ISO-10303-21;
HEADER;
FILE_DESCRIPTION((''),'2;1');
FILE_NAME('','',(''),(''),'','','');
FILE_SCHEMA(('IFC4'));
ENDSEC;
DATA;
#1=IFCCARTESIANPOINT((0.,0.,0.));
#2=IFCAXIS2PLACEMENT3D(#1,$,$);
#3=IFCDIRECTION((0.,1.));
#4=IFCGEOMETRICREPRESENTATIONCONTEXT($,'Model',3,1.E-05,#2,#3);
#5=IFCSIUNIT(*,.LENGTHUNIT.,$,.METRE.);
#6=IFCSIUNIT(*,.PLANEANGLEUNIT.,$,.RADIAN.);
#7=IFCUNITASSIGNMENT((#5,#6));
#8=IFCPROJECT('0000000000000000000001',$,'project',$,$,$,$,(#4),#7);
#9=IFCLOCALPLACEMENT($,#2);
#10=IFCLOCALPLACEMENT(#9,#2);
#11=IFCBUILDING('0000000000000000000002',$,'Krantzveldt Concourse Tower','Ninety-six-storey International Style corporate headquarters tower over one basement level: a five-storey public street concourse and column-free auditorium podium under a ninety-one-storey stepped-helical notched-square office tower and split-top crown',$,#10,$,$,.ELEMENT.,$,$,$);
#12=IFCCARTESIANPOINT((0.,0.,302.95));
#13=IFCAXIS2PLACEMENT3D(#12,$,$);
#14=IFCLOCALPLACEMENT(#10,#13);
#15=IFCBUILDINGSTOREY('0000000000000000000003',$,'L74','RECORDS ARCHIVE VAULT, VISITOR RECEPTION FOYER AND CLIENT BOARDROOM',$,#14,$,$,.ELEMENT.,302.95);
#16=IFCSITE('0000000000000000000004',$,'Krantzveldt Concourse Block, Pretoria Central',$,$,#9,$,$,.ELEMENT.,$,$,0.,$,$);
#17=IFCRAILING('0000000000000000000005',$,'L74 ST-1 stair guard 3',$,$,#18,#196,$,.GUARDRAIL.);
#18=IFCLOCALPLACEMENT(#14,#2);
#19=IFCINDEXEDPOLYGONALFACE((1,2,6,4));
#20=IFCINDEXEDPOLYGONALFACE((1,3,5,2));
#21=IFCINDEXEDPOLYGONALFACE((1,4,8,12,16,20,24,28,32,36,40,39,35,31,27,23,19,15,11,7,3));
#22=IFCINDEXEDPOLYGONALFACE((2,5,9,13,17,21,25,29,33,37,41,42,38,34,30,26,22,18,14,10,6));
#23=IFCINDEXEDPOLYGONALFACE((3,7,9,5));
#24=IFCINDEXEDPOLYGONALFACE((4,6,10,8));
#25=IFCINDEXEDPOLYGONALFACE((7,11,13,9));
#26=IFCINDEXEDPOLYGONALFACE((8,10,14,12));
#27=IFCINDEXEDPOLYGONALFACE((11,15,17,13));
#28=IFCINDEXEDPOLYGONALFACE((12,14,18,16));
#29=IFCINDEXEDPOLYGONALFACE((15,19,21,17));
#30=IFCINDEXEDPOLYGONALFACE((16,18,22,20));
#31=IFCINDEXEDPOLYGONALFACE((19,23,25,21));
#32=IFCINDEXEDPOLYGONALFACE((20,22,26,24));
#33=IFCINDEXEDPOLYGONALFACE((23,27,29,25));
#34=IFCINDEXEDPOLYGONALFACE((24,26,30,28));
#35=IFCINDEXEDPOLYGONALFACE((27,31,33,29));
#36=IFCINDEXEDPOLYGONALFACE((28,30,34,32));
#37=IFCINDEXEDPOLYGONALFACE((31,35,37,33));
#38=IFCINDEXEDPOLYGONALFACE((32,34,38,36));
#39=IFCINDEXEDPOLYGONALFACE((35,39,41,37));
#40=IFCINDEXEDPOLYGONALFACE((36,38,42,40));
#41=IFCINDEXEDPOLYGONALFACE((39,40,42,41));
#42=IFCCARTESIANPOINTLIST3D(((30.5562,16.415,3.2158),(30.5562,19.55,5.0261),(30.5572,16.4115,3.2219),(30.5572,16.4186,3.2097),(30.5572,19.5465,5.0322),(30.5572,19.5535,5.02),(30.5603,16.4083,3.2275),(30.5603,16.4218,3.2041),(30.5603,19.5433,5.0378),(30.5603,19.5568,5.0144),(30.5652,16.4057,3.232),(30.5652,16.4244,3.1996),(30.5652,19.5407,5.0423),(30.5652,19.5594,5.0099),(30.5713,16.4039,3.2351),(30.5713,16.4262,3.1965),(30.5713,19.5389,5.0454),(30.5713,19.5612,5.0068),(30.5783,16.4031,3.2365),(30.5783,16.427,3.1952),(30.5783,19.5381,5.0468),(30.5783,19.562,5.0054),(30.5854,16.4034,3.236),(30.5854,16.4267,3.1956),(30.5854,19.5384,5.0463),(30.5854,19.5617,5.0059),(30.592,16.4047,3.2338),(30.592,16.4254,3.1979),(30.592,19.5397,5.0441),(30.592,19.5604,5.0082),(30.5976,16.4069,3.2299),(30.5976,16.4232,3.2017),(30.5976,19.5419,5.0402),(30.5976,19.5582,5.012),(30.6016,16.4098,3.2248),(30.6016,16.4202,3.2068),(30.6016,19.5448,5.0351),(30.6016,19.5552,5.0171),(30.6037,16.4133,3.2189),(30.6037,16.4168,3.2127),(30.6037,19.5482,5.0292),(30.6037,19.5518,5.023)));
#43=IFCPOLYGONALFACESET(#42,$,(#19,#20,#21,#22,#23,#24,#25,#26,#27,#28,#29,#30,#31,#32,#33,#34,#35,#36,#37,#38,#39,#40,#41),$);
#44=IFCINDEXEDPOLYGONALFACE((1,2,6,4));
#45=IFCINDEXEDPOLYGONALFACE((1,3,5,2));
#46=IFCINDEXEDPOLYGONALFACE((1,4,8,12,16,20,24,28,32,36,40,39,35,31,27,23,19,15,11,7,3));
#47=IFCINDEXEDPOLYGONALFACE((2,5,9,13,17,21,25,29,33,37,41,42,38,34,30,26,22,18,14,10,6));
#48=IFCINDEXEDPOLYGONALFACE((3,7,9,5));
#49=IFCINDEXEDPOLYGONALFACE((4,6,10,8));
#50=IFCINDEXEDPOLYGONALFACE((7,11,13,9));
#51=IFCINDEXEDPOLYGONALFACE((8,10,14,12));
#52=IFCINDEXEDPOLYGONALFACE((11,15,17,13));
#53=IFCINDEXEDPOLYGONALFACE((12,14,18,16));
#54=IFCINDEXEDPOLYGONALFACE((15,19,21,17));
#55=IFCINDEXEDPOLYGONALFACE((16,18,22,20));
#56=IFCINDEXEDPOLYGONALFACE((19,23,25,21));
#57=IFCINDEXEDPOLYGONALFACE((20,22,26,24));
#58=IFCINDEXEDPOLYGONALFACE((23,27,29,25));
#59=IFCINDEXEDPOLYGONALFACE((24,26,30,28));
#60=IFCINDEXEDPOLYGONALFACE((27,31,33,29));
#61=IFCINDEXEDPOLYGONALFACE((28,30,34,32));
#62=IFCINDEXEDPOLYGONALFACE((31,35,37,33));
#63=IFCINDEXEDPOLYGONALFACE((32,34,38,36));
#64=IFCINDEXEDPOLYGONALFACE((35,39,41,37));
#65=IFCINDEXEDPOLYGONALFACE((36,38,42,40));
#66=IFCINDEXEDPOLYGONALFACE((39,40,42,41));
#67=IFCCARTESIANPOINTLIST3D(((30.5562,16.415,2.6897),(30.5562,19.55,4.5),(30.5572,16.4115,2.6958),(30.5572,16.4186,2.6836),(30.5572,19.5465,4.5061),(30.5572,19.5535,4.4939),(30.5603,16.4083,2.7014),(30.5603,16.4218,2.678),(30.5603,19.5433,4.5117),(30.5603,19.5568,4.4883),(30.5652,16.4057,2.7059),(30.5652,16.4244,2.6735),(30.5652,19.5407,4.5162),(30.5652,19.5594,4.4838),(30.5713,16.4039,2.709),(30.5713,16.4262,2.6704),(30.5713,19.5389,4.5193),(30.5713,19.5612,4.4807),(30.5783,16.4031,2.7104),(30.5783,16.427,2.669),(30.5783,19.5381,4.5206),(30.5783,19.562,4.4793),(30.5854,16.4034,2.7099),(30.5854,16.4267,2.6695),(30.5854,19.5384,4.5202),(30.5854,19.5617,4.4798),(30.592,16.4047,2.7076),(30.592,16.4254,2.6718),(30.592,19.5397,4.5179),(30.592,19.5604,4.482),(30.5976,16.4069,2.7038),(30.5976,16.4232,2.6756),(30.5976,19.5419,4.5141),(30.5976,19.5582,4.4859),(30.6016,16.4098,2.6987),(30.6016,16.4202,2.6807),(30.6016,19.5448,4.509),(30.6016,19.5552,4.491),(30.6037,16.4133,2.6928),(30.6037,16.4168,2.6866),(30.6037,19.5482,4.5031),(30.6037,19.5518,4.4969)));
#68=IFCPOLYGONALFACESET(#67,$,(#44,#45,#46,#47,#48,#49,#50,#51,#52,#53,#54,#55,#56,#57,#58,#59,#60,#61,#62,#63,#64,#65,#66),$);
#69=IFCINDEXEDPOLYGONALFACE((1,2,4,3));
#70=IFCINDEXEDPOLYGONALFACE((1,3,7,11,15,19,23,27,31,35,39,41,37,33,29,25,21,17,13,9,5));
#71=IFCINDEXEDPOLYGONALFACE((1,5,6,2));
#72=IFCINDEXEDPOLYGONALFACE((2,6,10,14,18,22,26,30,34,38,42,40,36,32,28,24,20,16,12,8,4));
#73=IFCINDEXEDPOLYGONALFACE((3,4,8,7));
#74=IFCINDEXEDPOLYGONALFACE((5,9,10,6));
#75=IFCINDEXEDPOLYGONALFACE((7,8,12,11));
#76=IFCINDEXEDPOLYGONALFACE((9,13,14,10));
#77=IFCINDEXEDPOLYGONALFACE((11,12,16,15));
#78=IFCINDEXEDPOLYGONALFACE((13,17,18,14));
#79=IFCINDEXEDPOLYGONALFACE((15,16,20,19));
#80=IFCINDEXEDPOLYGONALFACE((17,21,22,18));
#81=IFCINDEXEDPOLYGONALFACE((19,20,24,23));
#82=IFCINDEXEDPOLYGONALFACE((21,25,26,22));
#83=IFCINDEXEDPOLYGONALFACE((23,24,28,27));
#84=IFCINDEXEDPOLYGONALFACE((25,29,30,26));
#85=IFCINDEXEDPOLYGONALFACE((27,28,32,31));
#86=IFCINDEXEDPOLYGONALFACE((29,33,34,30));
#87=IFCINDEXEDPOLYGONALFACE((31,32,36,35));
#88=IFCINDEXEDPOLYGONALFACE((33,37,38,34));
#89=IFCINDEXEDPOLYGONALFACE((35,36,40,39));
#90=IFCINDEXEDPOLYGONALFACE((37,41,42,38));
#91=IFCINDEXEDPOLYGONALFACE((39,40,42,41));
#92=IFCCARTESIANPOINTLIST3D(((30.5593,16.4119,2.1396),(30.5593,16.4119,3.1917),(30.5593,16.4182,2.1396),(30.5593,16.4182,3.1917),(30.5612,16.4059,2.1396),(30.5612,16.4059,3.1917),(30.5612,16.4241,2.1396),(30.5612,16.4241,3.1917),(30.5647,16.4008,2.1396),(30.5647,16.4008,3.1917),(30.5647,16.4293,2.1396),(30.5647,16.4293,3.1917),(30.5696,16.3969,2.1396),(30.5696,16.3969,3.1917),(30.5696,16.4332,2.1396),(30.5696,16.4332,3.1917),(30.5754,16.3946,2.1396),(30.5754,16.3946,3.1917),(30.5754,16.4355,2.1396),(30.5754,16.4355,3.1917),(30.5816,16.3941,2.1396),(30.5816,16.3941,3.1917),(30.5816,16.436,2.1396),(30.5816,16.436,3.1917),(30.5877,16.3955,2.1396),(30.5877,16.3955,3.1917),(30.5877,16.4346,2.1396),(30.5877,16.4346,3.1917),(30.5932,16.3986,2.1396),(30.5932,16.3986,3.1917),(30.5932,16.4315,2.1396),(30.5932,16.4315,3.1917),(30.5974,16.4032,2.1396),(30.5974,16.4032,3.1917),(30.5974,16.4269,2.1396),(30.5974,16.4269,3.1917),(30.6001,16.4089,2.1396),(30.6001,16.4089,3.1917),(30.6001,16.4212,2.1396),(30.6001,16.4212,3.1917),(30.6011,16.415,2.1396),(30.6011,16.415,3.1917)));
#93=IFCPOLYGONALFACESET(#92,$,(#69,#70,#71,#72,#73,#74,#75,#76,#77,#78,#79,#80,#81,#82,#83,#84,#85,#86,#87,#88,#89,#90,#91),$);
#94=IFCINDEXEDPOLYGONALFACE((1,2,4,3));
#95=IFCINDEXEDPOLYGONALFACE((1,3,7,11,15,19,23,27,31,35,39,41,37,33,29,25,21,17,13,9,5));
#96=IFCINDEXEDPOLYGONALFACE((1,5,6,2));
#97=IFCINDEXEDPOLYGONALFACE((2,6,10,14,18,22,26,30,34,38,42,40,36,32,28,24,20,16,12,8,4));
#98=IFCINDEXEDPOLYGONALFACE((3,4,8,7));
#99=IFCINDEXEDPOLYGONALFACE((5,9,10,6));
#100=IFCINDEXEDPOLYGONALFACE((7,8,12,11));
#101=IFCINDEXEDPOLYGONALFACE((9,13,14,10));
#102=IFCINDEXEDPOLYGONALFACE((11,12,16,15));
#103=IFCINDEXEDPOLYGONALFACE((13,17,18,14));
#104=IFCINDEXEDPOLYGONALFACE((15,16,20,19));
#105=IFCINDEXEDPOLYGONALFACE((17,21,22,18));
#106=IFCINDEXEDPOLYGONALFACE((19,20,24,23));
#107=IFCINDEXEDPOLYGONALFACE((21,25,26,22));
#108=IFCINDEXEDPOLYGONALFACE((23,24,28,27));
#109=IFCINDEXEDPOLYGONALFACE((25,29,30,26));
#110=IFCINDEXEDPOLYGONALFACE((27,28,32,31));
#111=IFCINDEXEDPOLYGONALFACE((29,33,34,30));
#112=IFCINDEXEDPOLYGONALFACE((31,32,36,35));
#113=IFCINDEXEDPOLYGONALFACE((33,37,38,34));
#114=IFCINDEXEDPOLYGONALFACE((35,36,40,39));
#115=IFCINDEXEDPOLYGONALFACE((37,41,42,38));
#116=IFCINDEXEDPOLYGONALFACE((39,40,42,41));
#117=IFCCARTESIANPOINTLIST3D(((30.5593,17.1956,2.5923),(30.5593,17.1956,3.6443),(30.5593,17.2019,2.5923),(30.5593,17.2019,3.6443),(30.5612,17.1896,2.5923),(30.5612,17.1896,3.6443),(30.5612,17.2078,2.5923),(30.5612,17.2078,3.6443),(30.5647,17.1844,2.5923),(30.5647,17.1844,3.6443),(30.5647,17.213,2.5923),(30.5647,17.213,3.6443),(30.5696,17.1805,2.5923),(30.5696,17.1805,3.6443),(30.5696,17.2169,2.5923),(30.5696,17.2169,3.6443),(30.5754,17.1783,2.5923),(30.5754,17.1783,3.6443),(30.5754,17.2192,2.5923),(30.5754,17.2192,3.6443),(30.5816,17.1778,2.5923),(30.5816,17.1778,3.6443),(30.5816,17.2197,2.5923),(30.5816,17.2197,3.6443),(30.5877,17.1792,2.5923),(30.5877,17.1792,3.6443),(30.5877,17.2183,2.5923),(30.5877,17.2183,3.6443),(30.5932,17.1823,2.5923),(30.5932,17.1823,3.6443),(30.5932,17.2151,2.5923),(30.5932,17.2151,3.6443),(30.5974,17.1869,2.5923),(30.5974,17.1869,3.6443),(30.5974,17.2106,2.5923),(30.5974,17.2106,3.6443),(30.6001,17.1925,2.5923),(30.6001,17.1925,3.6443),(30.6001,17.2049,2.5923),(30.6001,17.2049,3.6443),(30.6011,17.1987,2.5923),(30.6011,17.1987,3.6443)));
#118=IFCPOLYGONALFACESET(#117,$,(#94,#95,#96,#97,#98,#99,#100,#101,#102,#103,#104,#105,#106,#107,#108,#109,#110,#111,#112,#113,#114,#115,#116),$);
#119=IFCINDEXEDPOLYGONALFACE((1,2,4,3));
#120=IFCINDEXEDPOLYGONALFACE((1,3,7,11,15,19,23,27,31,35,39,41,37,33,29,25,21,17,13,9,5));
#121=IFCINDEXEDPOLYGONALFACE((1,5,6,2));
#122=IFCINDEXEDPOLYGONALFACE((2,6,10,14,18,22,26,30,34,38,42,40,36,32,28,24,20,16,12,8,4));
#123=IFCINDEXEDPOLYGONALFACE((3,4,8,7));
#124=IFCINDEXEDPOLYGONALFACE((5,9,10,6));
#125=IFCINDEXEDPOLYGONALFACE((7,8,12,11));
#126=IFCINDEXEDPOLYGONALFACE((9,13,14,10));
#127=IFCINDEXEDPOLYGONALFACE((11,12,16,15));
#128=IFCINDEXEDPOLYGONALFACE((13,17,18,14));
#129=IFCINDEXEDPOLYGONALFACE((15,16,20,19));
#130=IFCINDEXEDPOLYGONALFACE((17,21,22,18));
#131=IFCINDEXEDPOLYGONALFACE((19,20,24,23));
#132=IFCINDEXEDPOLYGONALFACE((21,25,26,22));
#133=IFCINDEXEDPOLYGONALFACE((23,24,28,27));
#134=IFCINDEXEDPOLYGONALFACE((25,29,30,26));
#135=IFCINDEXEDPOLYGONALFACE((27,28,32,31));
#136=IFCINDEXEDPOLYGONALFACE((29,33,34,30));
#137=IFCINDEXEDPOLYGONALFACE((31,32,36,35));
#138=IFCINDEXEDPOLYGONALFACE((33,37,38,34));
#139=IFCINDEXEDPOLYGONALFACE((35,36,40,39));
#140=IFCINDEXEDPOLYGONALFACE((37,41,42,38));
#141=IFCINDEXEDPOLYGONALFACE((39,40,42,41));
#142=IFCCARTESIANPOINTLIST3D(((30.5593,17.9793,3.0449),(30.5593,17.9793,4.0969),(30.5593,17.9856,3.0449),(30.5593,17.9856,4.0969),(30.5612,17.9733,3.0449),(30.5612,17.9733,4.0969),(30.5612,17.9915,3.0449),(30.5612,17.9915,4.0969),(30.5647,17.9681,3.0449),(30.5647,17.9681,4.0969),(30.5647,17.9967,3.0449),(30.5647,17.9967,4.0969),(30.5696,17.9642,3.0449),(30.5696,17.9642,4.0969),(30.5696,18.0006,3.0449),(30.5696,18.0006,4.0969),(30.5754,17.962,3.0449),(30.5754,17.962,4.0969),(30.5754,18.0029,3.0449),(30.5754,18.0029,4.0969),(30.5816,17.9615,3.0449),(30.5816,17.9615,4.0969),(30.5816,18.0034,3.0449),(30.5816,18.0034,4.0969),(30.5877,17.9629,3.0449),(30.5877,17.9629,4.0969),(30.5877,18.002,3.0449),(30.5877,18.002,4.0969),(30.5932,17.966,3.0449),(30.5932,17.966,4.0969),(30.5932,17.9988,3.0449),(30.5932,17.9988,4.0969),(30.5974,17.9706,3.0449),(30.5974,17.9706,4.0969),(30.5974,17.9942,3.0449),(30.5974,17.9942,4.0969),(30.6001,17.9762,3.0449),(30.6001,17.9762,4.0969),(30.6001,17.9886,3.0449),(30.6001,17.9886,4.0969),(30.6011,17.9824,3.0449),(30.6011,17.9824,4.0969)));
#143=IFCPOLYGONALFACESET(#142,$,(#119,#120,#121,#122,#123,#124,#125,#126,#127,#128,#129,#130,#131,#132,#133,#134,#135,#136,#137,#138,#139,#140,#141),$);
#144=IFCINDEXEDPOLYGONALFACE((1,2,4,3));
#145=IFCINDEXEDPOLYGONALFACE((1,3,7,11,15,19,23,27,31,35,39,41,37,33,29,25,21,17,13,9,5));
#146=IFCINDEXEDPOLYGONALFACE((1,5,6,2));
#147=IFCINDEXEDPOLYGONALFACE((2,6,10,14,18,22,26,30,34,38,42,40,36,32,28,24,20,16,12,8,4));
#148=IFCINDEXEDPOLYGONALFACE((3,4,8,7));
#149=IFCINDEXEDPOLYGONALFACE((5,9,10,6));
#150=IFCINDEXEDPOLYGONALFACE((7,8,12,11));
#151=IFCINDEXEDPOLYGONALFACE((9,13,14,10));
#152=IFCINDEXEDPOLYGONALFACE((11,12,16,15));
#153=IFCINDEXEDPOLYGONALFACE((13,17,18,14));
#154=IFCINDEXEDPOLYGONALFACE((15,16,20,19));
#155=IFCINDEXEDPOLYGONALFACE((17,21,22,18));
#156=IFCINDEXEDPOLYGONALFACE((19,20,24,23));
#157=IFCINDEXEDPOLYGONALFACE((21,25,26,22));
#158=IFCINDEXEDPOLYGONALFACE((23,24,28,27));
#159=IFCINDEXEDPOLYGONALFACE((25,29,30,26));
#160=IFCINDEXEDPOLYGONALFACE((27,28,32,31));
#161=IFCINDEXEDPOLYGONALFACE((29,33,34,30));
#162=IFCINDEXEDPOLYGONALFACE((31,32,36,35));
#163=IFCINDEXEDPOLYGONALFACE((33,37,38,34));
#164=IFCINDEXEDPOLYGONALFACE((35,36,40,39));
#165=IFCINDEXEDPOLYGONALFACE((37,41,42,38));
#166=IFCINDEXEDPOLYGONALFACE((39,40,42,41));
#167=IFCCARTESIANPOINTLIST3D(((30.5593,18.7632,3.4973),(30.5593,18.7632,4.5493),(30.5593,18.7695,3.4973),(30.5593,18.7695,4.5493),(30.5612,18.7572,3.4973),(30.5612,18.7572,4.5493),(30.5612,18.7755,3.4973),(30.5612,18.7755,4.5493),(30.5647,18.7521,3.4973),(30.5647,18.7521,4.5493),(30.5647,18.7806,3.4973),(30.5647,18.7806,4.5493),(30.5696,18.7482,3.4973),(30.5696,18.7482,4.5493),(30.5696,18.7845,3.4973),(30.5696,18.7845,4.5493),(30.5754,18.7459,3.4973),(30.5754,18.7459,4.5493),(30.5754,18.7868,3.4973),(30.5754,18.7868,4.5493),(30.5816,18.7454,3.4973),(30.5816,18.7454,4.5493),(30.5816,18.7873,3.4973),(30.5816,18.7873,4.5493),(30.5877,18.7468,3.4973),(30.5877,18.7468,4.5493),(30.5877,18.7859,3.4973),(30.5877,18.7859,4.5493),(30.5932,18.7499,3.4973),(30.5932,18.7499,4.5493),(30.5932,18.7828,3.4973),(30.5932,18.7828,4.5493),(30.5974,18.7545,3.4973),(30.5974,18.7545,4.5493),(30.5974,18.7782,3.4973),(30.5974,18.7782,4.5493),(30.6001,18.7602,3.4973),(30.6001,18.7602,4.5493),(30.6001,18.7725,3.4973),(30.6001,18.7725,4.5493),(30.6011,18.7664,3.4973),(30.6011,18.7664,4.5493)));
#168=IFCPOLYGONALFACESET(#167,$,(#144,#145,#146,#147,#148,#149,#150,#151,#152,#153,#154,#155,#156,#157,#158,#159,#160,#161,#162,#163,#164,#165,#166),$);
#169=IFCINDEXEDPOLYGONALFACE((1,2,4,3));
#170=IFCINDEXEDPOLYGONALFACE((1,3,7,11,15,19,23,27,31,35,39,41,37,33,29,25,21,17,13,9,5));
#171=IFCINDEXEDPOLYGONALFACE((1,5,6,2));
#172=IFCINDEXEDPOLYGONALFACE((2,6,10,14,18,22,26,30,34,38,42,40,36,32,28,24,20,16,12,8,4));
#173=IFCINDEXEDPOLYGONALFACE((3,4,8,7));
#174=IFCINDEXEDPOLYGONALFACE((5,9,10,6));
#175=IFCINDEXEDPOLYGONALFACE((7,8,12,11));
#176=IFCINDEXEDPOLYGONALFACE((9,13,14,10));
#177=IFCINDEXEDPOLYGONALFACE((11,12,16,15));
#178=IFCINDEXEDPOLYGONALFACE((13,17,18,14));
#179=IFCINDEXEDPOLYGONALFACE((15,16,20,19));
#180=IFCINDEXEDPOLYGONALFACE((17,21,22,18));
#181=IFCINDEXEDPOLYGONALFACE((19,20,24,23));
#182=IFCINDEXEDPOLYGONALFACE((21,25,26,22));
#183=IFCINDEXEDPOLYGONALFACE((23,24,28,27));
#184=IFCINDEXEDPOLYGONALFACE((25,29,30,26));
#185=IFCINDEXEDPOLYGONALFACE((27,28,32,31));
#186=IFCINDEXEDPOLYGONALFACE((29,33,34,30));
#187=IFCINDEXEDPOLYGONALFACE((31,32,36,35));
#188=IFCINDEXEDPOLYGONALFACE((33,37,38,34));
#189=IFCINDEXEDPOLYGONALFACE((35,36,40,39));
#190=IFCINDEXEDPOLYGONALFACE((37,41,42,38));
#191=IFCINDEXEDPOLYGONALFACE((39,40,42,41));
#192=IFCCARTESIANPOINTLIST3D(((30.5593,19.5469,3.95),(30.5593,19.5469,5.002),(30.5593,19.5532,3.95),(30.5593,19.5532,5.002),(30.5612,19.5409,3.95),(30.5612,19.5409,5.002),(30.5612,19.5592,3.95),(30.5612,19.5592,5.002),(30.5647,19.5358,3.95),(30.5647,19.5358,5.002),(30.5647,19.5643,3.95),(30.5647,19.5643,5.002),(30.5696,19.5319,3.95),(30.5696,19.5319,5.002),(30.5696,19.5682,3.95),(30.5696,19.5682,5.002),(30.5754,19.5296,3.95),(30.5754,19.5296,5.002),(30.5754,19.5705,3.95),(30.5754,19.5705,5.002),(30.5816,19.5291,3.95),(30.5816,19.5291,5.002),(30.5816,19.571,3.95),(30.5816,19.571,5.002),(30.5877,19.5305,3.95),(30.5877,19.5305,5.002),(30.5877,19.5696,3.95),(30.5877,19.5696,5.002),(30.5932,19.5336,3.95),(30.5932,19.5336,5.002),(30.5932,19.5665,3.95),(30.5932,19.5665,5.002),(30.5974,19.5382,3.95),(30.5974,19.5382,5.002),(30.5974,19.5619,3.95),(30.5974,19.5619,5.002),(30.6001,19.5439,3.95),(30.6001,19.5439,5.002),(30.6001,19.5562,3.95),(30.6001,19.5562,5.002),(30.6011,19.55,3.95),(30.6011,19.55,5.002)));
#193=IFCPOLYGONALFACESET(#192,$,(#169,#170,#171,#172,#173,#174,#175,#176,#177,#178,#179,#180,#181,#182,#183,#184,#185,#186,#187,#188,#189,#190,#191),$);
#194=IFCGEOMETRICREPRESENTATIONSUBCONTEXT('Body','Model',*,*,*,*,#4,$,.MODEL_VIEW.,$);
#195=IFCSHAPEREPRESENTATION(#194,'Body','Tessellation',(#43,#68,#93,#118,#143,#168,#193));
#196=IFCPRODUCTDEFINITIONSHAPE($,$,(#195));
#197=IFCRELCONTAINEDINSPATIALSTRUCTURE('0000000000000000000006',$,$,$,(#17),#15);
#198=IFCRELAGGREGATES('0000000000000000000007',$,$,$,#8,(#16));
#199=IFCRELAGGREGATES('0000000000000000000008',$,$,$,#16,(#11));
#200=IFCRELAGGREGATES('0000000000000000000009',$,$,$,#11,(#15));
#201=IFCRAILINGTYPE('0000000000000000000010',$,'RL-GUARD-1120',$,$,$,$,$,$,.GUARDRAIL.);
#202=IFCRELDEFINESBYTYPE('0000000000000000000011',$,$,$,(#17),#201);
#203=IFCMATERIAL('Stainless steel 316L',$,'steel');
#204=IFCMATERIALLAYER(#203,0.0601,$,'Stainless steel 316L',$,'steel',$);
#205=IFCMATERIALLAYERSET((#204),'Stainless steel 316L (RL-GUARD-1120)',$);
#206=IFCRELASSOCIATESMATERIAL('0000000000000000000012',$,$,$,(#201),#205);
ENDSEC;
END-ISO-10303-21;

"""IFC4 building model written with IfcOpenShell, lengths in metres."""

from ifc_helpers import new_model, si_unit, direction, frame, origin, origin_2d, place, context, subcontext, project, spatial, circle, extrude, material, layer, layer_set, type_object, element, save


model = new_model("IFC4")

# Units and contexts
model_context = context("Model", 3, precision=1e-05, world=origin(), true_north=direction((0.0, 1.0)))
body_context = subcontext(model_context, "Body", "Model", "MODEL_VIEW")
ifc_project = project(units=[si_unit("LENGTHUNIT", "METRE"), si_unit("PLANEANGLEUNIT", "RADIAN")], contexts=[model_context])

# Site, building, storey
site_placement = place(None, origin())
site = spatial("IfcSite", under=ifc_project, at=site_placement, Name="Krantzveldt Concourse Block, Pretoria Central", CompositionType="ELEMENT", RefElevation=0.0)
building_placement = place(site_placement, origin())
building = spatial("IfcBuilding", under=site, at=building_placement, Name="Krantzveldt Concourse Tower", Description="Ninety-six-storey International Style corporate headquarters tower over one basement level: a five-storey public street concourse and column-free auditorium podium under a ninety-one-storey stepped-helical notched-square office tower and split-top crown", CompositionType="ELEMENT")
storey_placement = place(building_placement, frame((0.0, 0.0, 302.95)))
storey = spatial("IfcBuildingStorey", under=building, at=storey_placement, Name="L74", Description="RECORDS ARCHIVE VAULT, VISITOR RECEPTION FOYER AND CLIENT BOARDROOM", CompositionType="ELEMENT", Elevation=302.95)

# Railing
ifc_material_1 = material(Name="Stainless steel 316L", Category="steel")
ifc_layer_1 = layer(ifc_material_1, 0.0601, Name="Stainless steel 316L", Category="steel")
ifc_layer_set_1 = layer_set([ifc_layer_1], Name="Stainless steel 316L (RL-GUARD-1120)")
railing_type_1 = type_object("IfcRailingType", Name="RL-GUARD-1120", PredefinedType="GUARDRAIL", material=ifc_layer_set_1)
railing_1_placement = place(storey_placement, frame((30.5801, 16.415, 2.1396)))
element("IfcRailing", 1, at=railing_1_placement, inside=storey, type_object=railing_type_1, Name="L74 ST-1 stair guard 3", PredefinedType="GUARDRAIL", context=body_context, shape_type="SweptSolid", body=[
    extrude(circle(Radius=0.0239, at=origin_2d()), frame((0.0, 0.0, 1.0762), z_axis=(0.0, 0.865989, 0.500063), x_axis=(-1.0, 0.0, 0.0)), (0.0, 0.0, 1.0), 3.6201),
    extrude(circle(Radius=0.0239, at=origin_2d()), frame((0.0, 0.0, 0.55), z_axis=(0.0, 0.865989, 0.500063), x_axis=(-1.0, 0.0, 0.0)), (0.0, 0.0, 1.0), 3.6201),
    extrude(circle(Radius=0.021, at=origin_2d()), origin(), (0.0, 0.0, 1.0), 1.052),
    extrude(circle(Radius=0.021, at=origin_2d()), frame((0.0, 0.7837, 0.4526)), (0.0, 0.0, 1.0), 1.052),
    extrude(circle(Radius=0.021, at=origin_2d()), frame((0.0, 1.5674, 0.9053)), (0.0, 0.0, 1.0), 1.052),
    extrude(circle(Radius=0.021, at=origin_2d()), frame((0.0, 2.3513, 1.3577)), (0.0, 0.0, 1.0), 1.052),
    extrude(circle(Radius=0.021, at=origin_2d()), frame((0.0, 3.135, 1.8103)), (0.0, 0.0, 1.0), 1.052),
])

save(model, "model.ifc")
